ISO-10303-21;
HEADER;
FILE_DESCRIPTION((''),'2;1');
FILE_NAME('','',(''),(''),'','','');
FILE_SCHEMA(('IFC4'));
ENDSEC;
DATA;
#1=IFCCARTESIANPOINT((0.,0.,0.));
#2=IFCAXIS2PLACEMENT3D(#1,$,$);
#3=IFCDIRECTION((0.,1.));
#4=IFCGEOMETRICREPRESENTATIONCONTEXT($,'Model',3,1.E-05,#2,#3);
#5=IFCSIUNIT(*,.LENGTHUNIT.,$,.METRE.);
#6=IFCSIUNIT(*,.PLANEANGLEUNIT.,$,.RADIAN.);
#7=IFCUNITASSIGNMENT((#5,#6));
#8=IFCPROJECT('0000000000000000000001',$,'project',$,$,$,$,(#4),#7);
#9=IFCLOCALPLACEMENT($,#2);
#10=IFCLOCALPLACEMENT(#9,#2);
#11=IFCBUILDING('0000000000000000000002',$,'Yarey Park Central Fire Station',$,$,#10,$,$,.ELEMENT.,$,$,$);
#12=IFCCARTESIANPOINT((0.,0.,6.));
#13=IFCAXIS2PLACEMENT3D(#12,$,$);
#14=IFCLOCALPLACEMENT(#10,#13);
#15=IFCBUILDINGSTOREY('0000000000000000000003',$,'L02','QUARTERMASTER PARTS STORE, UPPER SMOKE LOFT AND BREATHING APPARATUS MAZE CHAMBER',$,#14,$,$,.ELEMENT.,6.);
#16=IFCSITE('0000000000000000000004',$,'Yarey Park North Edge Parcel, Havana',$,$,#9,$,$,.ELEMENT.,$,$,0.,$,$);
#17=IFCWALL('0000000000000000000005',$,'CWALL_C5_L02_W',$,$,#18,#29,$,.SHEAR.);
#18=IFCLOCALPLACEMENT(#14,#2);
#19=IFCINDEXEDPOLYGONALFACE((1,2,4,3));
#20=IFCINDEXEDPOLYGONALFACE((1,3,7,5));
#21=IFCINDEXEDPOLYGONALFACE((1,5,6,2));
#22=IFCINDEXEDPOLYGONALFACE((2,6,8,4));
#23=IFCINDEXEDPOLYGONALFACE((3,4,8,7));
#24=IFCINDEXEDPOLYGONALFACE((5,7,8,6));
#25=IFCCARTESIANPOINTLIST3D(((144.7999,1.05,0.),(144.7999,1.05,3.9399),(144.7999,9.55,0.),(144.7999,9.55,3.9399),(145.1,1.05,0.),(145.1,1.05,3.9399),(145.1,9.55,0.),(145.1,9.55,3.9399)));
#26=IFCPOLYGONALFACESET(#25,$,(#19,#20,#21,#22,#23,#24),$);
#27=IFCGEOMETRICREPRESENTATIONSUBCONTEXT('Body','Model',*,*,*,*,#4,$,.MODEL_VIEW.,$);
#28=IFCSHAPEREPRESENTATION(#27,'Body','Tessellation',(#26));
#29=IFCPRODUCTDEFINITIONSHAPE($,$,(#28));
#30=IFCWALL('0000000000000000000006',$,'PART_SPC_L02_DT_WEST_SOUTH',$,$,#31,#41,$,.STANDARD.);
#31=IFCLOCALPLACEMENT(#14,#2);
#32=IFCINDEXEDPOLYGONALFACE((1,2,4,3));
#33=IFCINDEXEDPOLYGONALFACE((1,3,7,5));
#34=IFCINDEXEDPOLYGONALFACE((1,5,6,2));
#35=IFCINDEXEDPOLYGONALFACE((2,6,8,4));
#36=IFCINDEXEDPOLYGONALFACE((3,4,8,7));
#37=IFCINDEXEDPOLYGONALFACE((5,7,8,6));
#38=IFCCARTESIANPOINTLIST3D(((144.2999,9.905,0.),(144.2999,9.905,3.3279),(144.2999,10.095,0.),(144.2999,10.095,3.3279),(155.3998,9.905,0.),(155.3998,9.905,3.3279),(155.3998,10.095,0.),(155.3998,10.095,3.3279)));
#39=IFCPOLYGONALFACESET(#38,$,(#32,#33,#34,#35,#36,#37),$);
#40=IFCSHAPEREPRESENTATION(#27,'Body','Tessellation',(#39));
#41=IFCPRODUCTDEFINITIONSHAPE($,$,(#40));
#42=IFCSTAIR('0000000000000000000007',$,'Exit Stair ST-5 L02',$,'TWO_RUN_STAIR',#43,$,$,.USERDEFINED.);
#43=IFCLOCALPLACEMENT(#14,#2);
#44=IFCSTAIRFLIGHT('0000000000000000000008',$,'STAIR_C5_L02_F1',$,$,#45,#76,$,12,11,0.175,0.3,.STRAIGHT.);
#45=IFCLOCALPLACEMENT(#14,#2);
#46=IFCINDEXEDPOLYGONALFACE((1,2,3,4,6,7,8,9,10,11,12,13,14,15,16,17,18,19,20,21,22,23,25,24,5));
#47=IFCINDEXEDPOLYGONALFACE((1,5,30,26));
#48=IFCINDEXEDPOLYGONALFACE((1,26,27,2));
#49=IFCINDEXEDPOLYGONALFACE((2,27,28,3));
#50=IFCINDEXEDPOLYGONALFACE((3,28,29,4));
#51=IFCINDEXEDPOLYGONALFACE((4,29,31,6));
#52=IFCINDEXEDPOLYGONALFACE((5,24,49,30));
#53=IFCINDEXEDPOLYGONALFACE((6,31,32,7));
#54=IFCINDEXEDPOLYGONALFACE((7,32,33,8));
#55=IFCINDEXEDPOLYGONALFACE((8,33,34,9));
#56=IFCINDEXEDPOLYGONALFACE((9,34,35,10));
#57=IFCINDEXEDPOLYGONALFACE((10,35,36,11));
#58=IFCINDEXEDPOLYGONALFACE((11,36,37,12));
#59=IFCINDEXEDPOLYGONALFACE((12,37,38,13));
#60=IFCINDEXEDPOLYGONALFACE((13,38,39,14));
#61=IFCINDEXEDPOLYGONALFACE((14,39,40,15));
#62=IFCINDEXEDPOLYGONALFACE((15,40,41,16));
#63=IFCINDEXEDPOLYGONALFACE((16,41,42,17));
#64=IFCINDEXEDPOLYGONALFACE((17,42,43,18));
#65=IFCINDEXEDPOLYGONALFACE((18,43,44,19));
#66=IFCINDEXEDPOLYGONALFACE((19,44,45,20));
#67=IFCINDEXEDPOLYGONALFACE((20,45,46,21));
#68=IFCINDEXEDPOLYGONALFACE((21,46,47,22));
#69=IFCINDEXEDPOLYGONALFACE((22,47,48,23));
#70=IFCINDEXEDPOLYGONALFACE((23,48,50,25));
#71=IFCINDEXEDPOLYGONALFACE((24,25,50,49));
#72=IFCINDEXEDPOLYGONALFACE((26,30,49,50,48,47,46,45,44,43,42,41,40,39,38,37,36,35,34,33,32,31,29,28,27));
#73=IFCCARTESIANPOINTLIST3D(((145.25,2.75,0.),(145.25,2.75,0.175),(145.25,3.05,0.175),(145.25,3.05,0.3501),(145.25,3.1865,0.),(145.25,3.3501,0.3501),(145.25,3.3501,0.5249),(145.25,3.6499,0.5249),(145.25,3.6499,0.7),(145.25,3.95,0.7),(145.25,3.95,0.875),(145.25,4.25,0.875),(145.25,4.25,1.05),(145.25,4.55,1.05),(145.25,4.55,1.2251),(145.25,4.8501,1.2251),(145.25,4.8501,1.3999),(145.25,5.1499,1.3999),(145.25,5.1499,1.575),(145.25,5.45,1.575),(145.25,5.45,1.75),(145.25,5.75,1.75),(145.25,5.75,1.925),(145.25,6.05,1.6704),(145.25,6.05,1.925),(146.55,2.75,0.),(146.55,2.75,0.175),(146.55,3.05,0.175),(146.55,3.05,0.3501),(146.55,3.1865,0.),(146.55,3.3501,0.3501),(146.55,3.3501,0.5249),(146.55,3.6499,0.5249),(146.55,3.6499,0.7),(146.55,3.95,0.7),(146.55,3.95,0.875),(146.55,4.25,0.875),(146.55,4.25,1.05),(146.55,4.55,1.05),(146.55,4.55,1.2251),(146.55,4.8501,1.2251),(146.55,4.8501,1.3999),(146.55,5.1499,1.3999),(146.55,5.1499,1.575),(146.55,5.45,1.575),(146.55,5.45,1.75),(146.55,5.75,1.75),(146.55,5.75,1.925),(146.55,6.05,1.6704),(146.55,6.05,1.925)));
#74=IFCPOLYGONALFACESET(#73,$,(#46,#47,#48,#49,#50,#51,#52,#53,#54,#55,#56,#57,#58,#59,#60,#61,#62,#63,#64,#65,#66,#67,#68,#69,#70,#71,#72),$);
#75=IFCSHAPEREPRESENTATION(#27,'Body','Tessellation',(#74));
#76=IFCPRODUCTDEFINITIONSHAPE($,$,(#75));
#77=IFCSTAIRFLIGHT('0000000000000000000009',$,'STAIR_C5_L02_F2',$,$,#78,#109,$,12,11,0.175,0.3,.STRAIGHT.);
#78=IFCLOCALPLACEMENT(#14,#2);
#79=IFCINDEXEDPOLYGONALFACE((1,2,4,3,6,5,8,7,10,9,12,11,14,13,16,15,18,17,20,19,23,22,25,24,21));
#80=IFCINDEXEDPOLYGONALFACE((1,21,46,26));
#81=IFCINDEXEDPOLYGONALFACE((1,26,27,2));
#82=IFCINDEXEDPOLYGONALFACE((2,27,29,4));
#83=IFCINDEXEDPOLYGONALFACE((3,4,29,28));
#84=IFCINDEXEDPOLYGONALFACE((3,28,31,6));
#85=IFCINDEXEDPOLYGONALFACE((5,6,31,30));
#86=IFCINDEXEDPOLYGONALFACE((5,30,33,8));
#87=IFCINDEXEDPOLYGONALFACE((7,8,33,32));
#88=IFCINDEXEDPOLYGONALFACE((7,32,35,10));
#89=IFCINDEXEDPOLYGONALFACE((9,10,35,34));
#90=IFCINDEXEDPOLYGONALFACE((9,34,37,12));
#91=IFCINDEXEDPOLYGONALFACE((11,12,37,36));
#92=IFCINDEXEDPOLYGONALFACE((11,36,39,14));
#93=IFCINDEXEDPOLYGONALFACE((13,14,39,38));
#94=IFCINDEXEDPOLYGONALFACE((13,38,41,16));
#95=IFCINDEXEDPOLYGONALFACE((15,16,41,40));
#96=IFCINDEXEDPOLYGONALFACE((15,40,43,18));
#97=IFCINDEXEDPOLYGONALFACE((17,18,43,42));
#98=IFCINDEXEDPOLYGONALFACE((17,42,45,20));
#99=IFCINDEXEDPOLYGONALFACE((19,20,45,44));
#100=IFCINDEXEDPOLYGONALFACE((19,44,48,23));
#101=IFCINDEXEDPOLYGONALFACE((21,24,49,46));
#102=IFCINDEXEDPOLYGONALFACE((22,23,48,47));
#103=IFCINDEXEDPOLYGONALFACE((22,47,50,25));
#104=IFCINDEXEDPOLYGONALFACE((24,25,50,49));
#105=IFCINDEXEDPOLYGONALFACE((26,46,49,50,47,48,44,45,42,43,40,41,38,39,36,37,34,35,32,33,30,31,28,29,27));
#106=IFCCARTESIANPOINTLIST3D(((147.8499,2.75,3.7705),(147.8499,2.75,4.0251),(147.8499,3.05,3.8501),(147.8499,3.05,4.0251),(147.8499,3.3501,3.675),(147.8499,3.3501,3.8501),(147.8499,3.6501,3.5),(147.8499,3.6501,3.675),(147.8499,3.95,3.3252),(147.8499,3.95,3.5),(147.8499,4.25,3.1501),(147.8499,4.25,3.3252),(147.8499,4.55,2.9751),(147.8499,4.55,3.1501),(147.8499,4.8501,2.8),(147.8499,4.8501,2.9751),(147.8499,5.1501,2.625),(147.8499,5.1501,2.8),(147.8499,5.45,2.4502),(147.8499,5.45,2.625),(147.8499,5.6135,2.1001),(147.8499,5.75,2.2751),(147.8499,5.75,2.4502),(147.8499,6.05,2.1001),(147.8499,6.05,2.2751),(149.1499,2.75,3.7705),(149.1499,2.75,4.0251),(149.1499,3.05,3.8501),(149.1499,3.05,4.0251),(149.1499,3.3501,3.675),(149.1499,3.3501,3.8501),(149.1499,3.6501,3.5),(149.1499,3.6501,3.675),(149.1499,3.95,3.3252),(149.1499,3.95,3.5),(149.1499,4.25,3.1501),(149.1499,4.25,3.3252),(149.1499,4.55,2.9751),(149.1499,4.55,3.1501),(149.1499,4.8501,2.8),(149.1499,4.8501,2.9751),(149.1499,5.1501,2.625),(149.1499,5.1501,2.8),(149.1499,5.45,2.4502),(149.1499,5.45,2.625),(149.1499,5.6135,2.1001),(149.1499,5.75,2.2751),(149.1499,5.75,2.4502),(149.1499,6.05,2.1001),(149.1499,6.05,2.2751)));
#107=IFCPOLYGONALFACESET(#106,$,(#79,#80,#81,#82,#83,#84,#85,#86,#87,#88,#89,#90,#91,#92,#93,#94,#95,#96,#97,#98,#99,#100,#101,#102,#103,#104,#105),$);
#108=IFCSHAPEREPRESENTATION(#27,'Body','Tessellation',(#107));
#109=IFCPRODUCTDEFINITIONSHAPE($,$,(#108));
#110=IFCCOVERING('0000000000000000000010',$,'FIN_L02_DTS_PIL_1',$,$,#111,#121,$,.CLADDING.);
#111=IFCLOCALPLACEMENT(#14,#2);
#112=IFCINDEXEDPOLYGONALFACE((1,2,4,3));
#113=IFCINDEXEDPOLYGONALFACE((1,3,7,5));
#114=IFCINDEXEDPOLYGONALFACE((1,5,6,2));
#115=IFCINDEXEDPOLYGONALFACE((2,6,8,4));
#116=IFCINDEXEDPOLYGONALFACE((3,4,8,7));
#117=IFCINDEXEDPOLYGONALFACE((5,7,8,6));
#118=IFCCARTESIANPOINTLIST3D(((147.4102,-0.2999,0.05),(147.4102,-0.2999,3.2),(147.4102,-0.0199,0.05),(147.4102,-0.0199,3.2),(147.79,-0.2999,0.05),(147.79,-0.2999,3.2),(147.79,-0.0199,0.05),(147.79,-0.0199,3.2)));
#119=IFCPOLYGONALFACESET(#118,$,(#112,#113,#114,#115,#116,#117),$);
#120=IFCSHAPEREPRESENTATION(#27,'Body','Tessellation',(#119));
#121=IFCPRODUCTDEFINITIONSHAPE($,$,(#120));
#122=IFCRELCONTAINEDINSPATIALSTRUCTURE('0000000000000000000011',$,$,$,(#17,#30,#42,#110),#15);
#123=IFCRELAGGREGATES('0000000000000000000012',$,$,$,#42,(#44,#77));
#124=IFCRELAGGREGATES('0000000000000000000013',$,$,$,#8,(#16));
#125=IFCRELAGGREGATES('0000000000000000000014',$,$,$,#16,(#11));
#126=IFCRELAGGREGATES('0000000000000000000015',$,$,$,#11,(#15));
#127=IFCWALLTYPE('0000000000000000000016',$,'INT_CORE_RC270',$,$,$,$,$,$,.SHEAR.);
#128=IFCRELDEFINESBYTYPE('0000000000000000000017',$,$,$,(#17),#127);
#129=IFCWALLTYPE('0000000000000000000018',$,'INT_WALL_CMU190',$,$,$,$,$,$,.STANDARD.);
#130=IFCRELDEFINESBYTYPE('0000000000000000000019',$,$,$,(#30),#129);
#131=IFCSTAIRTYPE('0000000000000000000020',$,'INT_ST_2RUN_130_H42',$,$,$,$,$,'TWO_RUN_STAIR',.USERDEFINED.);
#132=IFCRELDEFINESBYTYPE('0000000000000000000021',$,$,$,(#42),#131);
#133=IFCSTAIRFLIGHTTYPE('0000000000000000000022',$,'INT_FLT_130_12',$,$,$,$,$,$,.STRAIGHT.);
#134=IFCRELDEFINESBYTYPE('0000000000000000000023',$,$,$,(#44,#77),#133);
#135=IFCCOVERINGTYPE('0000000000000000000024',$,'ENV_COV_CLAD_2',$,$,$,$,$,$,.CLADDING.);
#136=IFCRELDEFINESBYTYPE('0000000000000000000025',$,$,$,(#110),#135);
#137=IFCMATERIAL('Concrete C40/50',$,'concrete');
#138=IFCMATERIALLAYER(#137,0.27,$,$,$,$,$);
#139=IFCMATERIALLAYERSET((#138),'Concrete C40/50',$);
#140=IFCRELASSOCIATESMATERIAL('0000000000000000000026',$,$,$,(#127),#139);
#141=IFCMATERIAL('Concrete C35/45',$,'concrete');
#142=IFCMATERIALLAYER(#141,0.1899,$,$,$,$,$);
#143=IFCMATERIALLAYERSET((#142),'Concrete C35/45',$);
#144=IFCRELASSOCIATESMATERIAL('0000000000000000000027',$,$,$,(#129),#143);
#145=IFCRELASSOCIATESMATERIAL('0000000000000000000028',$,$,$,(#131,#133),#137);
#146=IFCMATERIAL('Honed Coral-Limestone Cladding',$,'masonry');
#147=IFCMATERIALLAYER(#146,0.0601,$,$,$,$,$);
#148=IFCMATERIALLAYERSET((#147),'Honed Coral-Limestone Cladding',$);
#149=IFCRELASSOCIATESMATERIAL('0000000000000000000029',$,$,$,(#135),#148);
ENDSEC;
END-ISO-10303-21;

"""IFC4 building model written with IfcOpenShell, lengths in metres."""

from ifc_helpers import new_model, si_unit, direction, frame, frame_2d, origin, origin_2d, place, context, subcontext, project, spatial, polyline, rectangle, outline, extrude, material, layer, layer_set, type_object, element, aggregate, save


model = new_model("IFC4")

# Units and contexts
model_context = context("Model", 3, precision=1e-05, world=origin(), true_north=direction((0.0, 1.0)))
body_context = subcontext(model_context, "Body", "Model", "MODEL_VIEW")
ifc_project = project(units=[si_unit("LENGTHUNIT", "METRE"), si_unit("PLANEANGLEUNIT", "RADIAN")], contexts=[model_context])

# Site, building, storey
site_placement = place(None, origin())
site = spatial("IfcSite", under=ifc_project, at=site_placement, Name="Yarey Park North Edge Parcel, Havana", CompositionType="ELEMENT", RefElevation=0.0)
building_placement = place(site_placement, origin())
building = spatial("IfcBuilding", under=site, at=building_placement, Name="Yarey Park Central Fire Station", CompositionType="ELEMENT")
storey_placement = place(building_placement, frame((0.0, 0.0, 6.0)))
storey = spatial("IfcBuildingStorey", under=building, at=storey_placement, Name="L02", Description="QUARTERMASTER PARTS STORE, UPPER SMOKE LOFT AND BREATHING APPARATUS MAZE CHAMBER", CompositionType="ELEMENT", Elevation=6.0)

# Shared definitions
ifc_material_1 = material(Name="Concrete C40/50", Category="concrete")

# Walls
ifc_layer_1 = layer(ifc_material_1, 0.27)
ifc_layer_set_1 = layer_set([ifc_layer_1], Name="Concrete C40/50")
wall_type_1 = type_object("IfcWallType", Name="INT_CORE_RC270", PredefinedType="SHEAR", material=ifc_layer_set_1)
wall_1_placement = place(storey_placement, frame((144.95, 9.55, 0.0), z_axis=(0.0, 0.0, 1.0), x_axis=(0.0, -1.0, 0.0)))
element("IfcWall", 1, at=wall_1_placement, inside=storey, type_object=wall_type_1, Name="CWALL_C5_L02_W", PredefinedType="SHEAR", context=body_context, shape_type="SweptSolid", body=[
    extrude(rectangle(XDim=8.5, YDim=0.3, at=frame_2d((4.25, 0.0))), origin(), (0.0, 0.0, 1.0), 3.9399),
])
ifc_material_2 = material(Name="Concrete C35/45", Category="concrete")
ifc_layer_2 = layer(ifc_material_2, 0.1899)
ifc_layer_set_2 = layer_set([ifc_layer_2], Name="Concrete C35/45")
wall_type_2 = type_object("IfcWallType", Name="INT_WALL_CMU190", PredefinedType="STANDARD", material=ifc_layer_set_2)
wall_2_placement = place(storey_placement, frame((144.3, 10.0, 0.0), z_axis=(0.0, 0.0, 1.0), x_axis=(1.0, 0.0, 0.0)))
element("IfcWall", 2, at=wall_2_placement, inside=storey, type_object=wall_type_2, Name="PART_SPC_L02_DT_WEST_SOUTH", PredefinedType="STANDARD", context=body_context, shape_type="SweptSolid", body=[
    extrude(rectangle(XDim=11.0999, YDim=0.1899, at=frame_2d((5.5498, 0.0))), origin(), (0.0, 0.0, 1.0), 3.3279),
])

# Stair, stair flights
stair_type = type_object("IfcStairType", Name="INT_ST_2RUN_130_H42", ElementType="TWO_RUN_STAIR", PredefinedType="USERDEFINED", material=ifc_material_1)
stair_placement = place(storey_placement, origin())
stair = element("IfcStair", 3, at=stair_placement, inside=storey, type_object=stair_type, Name="Exit Stair ST-5 L02", ObjectType="TWO_RUN_STAIR", PredefinedType="USERDEFINED")
stair_flight_type = type_object("IfcStairFlightType", Name="INT_FLT_130_12", PredefinedType="STRAIGHT", material=ifc_material_1)
stair_flight_1_placement = place(storey_placement, frame((145.8999, 2.75, 0.0), z_axis=(0.0, 0.0, 1.0), x_axis=(0.0, 1.0, 0.0)))
stair_flight_1 = element("IfcStairFlight", 4, at=stair_flight_1_placement, type_object=stair_flight_type, Name="STAIR_C5_L02_F1", NumberOfRisers=12, NumberOfTreads=11, PredefinedType="STRAIGHT", RiserHeight=0.175, TreadLength=0.3, context=body_context, shape_type="SweptSolid", body=[
    extrude(outline(polyline([(0.0, 0.0), (0.0, 0.175), (0.3, 0.175), (0.3, 0.3501), (0.6001, 0.3501), (0.6001, 0.5249), (0.8999, 0.5249), (0.8999, 0.7), (1.2, 0.7), (1.2, 0.875), (1.5, 0.875), (1.5, 1.05), (1.8, 1.05), (1.8, 1.2251), (2.1001, 1.2251), (2.1001, 1.3999), (2.3999, 1.3999), (2.3999, 1.575), (2.7, 1.575), (2.7, 1.75), (3.0, 1.75), (3.0, 1.925), (3.3, 1.925), (3.3, 2.1001), (3.3, 1.6704), (0.4365, 0.0), (0.0, 0.0)])), frame((0.0, 0.6499, 0.0), z_axis=(0.0, -1.0, 0.0), x_axis=(1.0, 0.0, 0.0)), (0.0, 0.0, 1.0), 1.3),
])
stair_flight_2_placement = place(storey_placement, frame((148.5, 6.05, 2.1001), z_axis=(0.0, 0.0, 1.0), x_axis=(0.0, -1.0, 0.0)))
stair_flight_2 = element("IfcStairFlight", 5, at=stair_flight_2_placement, type_object=stair_flight_type, Name="STAIR_C5_L02_F2", NumberOfRisers=12, NumberOfTreads=11, PredefinedType="STRAIGHT", RiserHeight=0.175, TreadLength=0.3, context=body_context, shape_type="SweptSolid", body=[
    extrude(outline(polyline([(0.0, 0.0), (0.0, 0.175), (0.3, 0.175), (0.3, 0.3501), (0.6001, 0.3501), (0.6001, 0.5249), (0.8999, 0.5249), (0.8999, 0.7), (1.2, 0.7), (1.2, 0.875), (1.5, 0.875), (1.5, 1.05), (1.8, 1.05), (1.8, 1.2251), (2.1001, 1.2251), (2.1001, 1.3999), (2.3999, 1.3999), (2.3999, 1.575), (2.7, 1.575), (2.7, 1.75), (3.0, 1.75), (3.0, 1.925), (3.3, 1.925), (3.3, 2.1001), (3.3, 1.6704), (0.4365, 0.0), (0.0, 0.0)])), frame((0.0, 0.6499, 0.0), z_axis=(0.0, -1.0, 0.0), x_axis=(1.0, 0.0, 0.0)), (0.0, 0.0, 1.0), 1.3),
])
aggregate(stair, [stair_flight_1, stair_flight_2])

# Covering
ifc_material_3 = material(Name="Honed Coral-Limestone Cladding", Category="masonry")
ifc_layer_3 = layer(ifc_material_3, 0.0601)
ifc_layer_set_3 = layer_set([ifc_layer_3], Name="Honed Coral-Limestone Cladding")
covering_type = type_object("IfcCoveringType", Name="ENV_COV_CLAD_2", PredefinedType="CLADDING", material=ifc_layer_set_3)
covering_placement = place(storey_placement, frame((147.6001, -0.1599, 0.05), z_axis=(0.0, 0.0, 1.0), x_axis=(1.0, 0.0, 0.0)))
element("IfcCovering", 6, at=covering_placement, inside=storey, type_object=covering_type, Name="FIN_L02_DTS_PIL_1", PredefinedType="CLADDING", context=body_context, shape_type="SweptSolid", body=[
    extrude(rectangle(XDim=0.3799, YDim=0.28, at=origin_2d()), origin(), (0.0, 0.0, 1.0), 3.1499),
])

save(model, "model.ifc")
